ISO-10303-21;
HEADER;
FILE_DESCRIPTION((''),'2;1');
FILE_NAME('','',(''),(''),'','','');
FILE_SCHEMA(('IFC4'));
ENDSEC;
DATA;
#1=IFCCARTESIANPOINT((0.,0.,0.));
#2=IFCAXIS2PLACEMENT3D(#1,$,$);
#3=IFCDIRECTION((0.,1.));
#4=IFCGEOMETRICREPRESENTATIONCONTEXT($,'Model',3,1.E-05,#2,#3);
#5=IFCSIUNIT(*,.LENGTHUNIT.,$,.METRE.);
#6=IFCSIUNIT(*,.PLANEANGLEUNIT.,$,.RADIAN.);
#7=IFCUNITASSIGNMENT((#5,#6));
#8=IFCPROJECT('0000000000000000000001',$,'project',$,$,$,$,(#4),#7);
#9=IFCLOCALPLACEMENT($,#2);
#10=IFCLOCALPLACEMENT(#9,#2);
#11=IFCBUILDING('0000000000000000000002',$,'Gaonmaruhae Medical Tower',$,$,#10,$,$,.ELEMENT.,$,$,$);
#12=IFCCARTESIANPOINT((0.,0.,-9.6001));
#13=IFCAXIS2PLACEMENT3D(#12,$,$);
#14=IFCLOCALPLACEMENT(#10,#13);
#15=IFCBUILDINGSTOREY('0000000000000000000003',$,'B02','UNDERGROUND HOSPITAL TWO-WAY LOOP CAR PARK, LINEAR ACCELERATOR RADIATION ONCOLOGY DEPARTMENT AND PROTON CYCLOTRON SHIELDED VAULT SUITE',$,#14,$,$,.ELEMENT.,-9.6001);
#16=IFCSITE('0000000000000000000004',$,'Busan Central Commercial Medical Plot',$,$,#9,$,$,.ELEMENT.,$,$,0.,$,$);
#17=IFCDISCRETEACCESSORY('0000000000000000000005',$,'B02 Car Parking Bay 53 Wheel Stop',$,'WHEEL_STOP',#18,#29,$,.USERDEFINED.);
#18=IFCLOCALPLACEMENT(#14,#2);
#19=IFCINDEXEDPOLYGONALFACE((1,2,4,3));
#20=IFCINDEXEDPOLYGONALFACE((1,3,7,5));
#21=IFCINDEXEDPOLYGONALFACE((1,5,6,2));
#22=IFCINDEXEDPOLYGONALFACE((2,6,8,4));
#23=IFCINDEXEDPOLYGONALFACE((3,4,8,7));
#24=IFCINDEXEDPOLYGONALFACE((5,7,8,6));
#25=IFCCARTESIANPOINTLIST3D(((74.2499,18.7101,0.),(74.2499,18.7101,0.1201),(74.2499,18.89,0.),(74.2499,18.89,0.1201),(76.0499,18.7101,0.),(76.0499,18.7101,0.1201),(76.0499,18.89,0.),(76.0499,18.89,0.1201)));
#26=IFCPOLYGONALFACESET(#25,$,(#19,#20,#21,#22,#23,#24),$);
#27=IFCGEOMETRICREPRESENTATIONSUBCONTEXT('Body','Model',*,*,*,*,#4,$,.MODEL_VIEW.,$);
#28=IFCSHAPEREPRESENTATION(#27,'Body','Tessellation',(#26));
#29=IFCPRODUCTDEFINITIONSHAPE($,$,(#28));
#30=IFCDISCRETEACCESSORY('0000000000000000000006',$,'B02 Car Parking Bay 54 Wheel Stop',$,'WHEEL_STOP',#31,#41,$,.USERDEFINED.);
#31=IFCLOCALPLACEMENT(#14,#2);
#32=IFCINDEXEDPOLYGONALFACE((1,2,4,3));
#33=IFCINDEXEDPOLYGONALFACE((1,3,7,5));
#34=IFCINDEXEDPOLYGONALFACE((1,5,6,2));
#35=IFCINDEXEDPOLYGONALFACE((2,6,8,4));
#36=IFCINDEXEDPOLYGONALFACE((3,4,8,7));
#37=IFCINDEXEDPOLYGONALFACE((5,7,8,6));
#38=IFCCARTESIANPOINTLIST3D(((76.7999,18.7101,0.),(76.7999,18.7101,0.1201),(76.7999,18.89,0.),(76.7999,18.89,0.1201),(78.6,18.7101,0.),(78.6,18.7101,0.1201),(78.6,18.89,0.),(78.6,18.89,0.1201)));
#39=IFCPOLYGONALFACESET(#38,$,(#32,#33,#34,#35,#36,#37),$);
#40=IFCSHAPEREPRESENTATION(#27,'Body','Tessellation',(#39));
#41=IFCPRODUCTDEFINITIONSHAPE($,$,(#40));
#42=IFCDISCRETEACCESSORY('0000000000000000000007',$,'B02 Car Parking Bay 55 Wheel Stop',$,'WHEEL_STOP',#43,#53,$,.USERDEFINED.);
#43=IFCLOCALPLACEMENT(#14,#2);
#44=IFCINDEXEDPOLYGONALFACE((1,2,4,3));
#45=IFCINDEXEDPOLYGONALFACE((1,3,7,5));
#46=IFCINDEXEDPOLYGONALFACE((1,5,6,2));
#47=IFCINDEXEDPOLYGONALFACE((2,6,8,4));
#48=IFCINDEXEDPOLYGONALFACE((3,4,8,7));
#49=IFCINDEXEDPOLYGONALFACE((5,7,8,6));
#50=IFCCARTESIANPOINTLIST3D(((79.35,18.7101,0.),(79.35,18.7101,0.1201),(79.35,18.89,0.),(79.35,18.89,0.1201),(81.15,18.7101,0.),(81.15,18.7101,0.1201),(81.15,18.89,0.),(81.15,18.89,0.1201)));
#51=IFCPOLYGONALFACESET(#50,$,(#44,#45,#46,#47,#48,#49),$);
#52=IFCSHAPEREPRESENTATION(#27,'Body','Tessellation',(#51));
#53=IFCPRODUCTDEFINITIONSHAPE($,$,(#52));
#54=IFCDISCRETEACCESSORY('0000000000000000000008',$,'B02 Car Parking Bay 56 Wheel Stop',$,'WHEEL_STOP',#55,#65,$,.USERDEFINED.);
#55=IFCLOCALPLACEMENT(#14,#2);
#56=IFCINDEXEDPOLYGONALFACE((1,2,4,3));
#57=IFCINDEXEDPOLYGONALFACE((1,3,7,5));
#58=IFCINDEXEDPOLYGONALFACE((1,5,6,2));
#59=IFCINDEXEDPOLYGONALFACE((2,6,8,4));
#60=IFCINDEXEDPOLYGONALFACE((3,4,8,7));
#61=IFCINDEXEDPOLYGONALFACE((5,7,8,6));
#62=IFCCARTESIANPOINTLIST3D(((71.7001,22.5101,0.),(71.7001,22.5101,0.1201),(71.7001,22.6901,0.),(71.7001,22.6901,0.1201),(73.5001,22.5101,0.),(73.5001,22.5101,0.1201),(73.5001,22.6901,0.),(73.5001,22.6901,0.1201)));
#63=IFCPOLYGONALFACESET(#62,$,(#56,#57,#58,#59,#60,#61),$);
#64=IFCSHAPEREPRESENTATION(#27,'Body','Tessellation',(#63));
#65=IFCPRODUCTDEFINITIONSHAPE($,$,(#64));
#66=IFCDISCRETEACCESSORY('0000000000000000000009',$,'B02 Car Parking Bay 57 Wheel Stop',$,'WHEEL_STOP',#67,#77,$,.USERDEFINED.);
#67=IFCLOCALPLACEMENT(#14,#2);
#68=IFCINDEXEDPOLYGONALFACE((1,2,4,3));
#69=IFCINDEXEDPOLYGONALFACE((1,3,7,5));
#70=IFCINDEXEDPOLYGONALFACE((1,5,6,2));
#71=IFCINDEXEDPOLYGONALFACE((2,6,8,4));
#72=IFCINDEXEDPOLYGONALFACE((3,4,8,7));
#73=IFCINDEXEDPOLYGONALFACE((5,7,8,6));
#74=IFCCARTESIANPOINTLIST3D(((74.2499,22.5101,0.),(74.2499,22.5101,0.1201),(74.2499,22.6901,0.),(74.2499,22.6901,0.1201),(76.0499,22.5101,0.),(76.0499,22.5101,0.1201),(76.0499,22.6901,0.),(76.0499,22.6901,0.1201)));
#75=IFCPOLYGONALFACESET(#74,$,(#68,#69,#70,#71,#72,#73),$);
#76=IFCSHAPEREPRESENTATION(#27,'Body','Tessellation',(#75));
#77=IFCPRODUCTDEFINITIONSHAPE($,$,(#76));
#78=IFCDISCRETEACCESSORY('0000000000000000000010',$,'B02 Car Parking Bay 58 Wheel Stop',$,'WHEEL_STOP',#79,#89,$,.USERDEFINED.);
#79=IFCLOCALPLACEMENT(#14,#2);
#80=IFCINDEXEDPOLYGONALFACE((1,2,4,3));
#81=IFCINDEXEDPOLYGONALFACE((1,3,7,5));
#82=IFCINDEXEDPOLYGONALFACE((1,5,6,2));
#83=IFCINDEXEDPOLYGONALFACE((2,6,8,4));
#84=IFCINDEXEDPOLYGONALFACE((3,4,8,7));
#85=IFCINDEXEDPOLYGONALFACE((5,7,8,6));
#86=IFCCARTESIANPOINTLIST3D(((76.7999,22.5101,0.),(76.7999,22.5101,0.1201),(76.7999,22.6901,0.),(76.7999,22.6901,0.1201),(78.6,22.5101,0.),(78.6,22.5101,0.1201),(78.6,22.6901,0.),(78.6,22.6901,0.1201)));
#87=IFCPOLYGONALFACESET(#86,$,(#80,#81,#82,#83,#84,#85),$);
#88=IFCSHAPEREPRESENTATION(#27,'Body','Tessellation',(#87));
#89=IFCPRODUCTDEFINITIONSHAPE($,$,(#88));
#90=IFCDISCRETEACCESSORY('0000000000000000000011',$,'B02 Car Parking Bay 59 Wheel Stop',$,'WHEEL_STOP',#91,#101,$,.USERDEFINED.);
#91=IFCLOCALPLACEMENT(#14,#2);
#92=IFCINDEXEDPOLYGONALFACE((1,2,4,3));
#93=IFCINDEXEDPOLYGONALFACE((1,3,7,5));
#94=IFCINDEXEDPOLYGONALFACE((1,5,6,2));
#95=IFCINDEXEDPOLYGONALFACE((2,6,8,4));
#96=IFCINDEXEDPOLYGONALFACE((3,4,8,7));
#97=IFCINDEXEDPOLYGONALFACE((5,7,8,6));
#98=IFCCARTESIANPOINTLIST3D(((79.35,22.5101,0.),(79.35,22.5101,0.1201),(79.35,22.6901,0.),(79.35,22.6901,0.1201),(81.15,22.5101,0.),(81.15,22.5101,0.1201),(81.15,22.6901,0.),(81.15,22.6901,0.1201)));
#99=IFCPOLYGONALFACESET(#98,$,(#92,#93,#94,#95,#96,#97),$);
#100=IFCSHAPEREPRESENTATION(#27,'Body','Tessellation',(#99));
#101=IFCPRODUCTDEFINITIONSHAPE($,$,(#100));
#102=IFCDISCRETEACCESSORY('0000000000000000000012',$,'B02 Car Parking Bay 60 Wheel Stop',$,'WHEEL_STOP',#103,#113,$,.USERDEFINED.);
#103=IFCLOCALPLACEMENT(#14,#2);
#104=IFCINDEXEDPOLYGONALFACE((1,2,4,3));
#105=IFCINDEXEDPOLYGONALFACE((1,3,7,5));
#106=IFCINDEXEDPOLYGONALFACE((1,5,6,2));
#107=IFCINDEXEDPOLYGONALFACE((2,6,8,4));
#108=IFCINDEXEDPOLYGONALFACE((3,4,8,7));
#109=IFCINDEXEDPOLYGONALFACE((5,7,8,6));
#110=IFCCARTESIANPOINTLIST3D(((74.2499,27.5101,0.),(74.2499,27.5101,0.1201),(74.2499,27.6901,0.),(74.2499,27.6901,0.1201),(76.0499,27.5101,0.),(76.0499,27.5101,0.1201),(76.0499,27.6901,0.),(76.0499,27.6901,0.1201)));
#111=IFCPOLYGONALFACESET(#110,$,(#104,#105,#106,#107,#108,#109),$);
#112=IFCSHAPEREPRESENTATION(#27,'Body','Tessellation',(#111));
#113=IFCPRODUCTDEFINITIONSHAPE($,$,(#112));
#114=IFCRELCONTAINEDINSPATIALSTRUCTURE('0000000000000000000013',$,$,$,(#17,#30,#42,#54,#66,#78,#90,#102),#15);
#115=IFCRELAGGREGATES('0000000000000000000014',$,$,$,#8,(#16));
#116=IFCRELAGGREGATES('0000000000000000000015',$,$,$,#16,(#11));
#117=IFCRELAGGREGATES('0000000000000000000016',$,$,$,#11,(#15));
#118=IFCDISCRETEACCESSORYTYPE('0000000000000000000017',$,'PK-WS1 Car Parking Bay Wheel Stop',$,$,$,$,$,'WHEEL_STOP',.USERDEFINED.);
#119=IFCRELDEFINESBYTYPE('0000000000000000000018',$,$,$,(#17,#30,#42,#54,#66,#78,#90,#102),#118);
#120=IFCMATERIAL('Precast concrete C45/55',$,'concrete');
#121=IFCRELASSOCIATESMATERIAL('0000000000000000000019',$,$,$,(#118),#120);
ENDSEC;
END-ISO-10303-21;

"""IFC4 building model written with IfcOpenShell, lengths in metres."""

from ifc_helpers import new_model, si_unit, direction, frame, origin, origin_2d, place, context, subcontext, project, spatial, rectangle, extrude, material, type_object, element, save


model = new_model("IFC4")

# Units and contexts
model_context = context("Model", 3, precision=1e-05, world=origin(), true_north=direction((0.0, 1.0)))
body_context = subcontext(model_context, "Body", "Model", "MODEL_VIEW")
ifc_project = project(units=[si_unit("LENGTHUNIT", "METRE"), si_unit("PLANEANGLEUNIT", "RADIAN")], contexts=[model_context])

# Site, building, storey
site_placement = place(None, origin())
site = spatial("IfcSite", under=ifc_project, at=site_placement, Name="Busan Central Commercial Medical Plot", CompositionType="ELEMENT", RefElevation=0.0)
building_placement = place(site_placement, origin())
building = spatial("IfcBuilding", under=site, at=building_placement, Name="Gaonmaruhae Medical Tower", CompositionType="ELEMENT")
storey_placement = place(building_placement, frame((0.0, 0.0, -9.6001)))
storey = spatial("IfcBuildingStorey", under=building, at=storey_placement, Name="B02", Description="UNDERGROUND HOSPITAL TWO-WAY LOOP CAR PARK, LINEAR ACCELERATOR RADIATION ONCOLOGY DEPARTMENT AND PROTON CYCLOTRON SHIELDED VAULT SUITE", CompositionType="ELEMENT", Elevation=-9.6001)

# Discrete accessories
ifc_material_1 = material(Name="Precast concrete C45/55", Category="concrete")
discrete_accessory_type = type_object("IfcDiscreteAccessoryType", Name="PK-WS1 Car Parking Bay Wheel Stop", ElementType="WHEEL_STOP", PredefinedType="USERDEFINED", material=ifc_material_1)
for number, where, z_axis, x_axis, name in (
    (1, (75.1499, 18.8, 0.0), (0.0, 0.0, 1.0), (1.0, 0.0, 0.0), "B02 Car Parking Bay 53 Wheel Stop"),
    (2, (77.7, 18.8, 0.0), (0.0, 0.0, 1.0), (1.0, 0.0, 0.0), "B02 Car Parking Bay 54 Wheel Stop"),
    (3, (80.25, 18.8, 0.0), (0.0, 0.0, 1.0), (1.0, 0.0, 0.0), "B02 Car Parking Bay 55 Wheel Stop"),
    (4, (72.6001, 22.6001, 0.0), (0.0, 0.0, 1.0), (1.0, 0.0, 0.0), "B02 Car Parking Bay 56 Wheel Stop"),
    (5, (75.1499, 22.6001, 0.0), (0.0, 0.0, 1.0), (1.0, 0.0, 0.0), "B02 Car Parking Bay 57 Wheel Stop"),
    (6, (77.7, 22.6001, 0.0), (0.0, 0.0, 1.0), (1.0, 0.0, 0.0), "B02 Car Parking Bay 58 Wheel Stop"),
    (7, (80.25, 22.6001, 0.0), (0.0, 0.0, 1.0), (1.0, 0.0, 0.0), "B02 Car Parking Bay 59 Wheel Stop"),
    (8, (75.1499, 27.6001, 0.0), (0.0, 0.0, 1.0), (1.0, 0.0, 0.0), "B02 Car Parking Bay 60 Wheel Stop"),
):
    element("IfcDiscreteAccessory", number, at=place(storey_placement, frame(where, z_axis=z_axis, x_axis=x_axis)), inside=storey, type_object=discrete_accessory_type, Name=name, ObjectType="WHEEL_STOP", PredefinedType="USERDEFINED", context=body_context, shape_type="SweptSolid", body=[
        extrude(rectangle(XDim=1.8, YDim=0.1799, at=origin_2d()), origin(), (0.0, 0.0, 1.0), 0.1201),
    ])

save(model, "model.ifc")
